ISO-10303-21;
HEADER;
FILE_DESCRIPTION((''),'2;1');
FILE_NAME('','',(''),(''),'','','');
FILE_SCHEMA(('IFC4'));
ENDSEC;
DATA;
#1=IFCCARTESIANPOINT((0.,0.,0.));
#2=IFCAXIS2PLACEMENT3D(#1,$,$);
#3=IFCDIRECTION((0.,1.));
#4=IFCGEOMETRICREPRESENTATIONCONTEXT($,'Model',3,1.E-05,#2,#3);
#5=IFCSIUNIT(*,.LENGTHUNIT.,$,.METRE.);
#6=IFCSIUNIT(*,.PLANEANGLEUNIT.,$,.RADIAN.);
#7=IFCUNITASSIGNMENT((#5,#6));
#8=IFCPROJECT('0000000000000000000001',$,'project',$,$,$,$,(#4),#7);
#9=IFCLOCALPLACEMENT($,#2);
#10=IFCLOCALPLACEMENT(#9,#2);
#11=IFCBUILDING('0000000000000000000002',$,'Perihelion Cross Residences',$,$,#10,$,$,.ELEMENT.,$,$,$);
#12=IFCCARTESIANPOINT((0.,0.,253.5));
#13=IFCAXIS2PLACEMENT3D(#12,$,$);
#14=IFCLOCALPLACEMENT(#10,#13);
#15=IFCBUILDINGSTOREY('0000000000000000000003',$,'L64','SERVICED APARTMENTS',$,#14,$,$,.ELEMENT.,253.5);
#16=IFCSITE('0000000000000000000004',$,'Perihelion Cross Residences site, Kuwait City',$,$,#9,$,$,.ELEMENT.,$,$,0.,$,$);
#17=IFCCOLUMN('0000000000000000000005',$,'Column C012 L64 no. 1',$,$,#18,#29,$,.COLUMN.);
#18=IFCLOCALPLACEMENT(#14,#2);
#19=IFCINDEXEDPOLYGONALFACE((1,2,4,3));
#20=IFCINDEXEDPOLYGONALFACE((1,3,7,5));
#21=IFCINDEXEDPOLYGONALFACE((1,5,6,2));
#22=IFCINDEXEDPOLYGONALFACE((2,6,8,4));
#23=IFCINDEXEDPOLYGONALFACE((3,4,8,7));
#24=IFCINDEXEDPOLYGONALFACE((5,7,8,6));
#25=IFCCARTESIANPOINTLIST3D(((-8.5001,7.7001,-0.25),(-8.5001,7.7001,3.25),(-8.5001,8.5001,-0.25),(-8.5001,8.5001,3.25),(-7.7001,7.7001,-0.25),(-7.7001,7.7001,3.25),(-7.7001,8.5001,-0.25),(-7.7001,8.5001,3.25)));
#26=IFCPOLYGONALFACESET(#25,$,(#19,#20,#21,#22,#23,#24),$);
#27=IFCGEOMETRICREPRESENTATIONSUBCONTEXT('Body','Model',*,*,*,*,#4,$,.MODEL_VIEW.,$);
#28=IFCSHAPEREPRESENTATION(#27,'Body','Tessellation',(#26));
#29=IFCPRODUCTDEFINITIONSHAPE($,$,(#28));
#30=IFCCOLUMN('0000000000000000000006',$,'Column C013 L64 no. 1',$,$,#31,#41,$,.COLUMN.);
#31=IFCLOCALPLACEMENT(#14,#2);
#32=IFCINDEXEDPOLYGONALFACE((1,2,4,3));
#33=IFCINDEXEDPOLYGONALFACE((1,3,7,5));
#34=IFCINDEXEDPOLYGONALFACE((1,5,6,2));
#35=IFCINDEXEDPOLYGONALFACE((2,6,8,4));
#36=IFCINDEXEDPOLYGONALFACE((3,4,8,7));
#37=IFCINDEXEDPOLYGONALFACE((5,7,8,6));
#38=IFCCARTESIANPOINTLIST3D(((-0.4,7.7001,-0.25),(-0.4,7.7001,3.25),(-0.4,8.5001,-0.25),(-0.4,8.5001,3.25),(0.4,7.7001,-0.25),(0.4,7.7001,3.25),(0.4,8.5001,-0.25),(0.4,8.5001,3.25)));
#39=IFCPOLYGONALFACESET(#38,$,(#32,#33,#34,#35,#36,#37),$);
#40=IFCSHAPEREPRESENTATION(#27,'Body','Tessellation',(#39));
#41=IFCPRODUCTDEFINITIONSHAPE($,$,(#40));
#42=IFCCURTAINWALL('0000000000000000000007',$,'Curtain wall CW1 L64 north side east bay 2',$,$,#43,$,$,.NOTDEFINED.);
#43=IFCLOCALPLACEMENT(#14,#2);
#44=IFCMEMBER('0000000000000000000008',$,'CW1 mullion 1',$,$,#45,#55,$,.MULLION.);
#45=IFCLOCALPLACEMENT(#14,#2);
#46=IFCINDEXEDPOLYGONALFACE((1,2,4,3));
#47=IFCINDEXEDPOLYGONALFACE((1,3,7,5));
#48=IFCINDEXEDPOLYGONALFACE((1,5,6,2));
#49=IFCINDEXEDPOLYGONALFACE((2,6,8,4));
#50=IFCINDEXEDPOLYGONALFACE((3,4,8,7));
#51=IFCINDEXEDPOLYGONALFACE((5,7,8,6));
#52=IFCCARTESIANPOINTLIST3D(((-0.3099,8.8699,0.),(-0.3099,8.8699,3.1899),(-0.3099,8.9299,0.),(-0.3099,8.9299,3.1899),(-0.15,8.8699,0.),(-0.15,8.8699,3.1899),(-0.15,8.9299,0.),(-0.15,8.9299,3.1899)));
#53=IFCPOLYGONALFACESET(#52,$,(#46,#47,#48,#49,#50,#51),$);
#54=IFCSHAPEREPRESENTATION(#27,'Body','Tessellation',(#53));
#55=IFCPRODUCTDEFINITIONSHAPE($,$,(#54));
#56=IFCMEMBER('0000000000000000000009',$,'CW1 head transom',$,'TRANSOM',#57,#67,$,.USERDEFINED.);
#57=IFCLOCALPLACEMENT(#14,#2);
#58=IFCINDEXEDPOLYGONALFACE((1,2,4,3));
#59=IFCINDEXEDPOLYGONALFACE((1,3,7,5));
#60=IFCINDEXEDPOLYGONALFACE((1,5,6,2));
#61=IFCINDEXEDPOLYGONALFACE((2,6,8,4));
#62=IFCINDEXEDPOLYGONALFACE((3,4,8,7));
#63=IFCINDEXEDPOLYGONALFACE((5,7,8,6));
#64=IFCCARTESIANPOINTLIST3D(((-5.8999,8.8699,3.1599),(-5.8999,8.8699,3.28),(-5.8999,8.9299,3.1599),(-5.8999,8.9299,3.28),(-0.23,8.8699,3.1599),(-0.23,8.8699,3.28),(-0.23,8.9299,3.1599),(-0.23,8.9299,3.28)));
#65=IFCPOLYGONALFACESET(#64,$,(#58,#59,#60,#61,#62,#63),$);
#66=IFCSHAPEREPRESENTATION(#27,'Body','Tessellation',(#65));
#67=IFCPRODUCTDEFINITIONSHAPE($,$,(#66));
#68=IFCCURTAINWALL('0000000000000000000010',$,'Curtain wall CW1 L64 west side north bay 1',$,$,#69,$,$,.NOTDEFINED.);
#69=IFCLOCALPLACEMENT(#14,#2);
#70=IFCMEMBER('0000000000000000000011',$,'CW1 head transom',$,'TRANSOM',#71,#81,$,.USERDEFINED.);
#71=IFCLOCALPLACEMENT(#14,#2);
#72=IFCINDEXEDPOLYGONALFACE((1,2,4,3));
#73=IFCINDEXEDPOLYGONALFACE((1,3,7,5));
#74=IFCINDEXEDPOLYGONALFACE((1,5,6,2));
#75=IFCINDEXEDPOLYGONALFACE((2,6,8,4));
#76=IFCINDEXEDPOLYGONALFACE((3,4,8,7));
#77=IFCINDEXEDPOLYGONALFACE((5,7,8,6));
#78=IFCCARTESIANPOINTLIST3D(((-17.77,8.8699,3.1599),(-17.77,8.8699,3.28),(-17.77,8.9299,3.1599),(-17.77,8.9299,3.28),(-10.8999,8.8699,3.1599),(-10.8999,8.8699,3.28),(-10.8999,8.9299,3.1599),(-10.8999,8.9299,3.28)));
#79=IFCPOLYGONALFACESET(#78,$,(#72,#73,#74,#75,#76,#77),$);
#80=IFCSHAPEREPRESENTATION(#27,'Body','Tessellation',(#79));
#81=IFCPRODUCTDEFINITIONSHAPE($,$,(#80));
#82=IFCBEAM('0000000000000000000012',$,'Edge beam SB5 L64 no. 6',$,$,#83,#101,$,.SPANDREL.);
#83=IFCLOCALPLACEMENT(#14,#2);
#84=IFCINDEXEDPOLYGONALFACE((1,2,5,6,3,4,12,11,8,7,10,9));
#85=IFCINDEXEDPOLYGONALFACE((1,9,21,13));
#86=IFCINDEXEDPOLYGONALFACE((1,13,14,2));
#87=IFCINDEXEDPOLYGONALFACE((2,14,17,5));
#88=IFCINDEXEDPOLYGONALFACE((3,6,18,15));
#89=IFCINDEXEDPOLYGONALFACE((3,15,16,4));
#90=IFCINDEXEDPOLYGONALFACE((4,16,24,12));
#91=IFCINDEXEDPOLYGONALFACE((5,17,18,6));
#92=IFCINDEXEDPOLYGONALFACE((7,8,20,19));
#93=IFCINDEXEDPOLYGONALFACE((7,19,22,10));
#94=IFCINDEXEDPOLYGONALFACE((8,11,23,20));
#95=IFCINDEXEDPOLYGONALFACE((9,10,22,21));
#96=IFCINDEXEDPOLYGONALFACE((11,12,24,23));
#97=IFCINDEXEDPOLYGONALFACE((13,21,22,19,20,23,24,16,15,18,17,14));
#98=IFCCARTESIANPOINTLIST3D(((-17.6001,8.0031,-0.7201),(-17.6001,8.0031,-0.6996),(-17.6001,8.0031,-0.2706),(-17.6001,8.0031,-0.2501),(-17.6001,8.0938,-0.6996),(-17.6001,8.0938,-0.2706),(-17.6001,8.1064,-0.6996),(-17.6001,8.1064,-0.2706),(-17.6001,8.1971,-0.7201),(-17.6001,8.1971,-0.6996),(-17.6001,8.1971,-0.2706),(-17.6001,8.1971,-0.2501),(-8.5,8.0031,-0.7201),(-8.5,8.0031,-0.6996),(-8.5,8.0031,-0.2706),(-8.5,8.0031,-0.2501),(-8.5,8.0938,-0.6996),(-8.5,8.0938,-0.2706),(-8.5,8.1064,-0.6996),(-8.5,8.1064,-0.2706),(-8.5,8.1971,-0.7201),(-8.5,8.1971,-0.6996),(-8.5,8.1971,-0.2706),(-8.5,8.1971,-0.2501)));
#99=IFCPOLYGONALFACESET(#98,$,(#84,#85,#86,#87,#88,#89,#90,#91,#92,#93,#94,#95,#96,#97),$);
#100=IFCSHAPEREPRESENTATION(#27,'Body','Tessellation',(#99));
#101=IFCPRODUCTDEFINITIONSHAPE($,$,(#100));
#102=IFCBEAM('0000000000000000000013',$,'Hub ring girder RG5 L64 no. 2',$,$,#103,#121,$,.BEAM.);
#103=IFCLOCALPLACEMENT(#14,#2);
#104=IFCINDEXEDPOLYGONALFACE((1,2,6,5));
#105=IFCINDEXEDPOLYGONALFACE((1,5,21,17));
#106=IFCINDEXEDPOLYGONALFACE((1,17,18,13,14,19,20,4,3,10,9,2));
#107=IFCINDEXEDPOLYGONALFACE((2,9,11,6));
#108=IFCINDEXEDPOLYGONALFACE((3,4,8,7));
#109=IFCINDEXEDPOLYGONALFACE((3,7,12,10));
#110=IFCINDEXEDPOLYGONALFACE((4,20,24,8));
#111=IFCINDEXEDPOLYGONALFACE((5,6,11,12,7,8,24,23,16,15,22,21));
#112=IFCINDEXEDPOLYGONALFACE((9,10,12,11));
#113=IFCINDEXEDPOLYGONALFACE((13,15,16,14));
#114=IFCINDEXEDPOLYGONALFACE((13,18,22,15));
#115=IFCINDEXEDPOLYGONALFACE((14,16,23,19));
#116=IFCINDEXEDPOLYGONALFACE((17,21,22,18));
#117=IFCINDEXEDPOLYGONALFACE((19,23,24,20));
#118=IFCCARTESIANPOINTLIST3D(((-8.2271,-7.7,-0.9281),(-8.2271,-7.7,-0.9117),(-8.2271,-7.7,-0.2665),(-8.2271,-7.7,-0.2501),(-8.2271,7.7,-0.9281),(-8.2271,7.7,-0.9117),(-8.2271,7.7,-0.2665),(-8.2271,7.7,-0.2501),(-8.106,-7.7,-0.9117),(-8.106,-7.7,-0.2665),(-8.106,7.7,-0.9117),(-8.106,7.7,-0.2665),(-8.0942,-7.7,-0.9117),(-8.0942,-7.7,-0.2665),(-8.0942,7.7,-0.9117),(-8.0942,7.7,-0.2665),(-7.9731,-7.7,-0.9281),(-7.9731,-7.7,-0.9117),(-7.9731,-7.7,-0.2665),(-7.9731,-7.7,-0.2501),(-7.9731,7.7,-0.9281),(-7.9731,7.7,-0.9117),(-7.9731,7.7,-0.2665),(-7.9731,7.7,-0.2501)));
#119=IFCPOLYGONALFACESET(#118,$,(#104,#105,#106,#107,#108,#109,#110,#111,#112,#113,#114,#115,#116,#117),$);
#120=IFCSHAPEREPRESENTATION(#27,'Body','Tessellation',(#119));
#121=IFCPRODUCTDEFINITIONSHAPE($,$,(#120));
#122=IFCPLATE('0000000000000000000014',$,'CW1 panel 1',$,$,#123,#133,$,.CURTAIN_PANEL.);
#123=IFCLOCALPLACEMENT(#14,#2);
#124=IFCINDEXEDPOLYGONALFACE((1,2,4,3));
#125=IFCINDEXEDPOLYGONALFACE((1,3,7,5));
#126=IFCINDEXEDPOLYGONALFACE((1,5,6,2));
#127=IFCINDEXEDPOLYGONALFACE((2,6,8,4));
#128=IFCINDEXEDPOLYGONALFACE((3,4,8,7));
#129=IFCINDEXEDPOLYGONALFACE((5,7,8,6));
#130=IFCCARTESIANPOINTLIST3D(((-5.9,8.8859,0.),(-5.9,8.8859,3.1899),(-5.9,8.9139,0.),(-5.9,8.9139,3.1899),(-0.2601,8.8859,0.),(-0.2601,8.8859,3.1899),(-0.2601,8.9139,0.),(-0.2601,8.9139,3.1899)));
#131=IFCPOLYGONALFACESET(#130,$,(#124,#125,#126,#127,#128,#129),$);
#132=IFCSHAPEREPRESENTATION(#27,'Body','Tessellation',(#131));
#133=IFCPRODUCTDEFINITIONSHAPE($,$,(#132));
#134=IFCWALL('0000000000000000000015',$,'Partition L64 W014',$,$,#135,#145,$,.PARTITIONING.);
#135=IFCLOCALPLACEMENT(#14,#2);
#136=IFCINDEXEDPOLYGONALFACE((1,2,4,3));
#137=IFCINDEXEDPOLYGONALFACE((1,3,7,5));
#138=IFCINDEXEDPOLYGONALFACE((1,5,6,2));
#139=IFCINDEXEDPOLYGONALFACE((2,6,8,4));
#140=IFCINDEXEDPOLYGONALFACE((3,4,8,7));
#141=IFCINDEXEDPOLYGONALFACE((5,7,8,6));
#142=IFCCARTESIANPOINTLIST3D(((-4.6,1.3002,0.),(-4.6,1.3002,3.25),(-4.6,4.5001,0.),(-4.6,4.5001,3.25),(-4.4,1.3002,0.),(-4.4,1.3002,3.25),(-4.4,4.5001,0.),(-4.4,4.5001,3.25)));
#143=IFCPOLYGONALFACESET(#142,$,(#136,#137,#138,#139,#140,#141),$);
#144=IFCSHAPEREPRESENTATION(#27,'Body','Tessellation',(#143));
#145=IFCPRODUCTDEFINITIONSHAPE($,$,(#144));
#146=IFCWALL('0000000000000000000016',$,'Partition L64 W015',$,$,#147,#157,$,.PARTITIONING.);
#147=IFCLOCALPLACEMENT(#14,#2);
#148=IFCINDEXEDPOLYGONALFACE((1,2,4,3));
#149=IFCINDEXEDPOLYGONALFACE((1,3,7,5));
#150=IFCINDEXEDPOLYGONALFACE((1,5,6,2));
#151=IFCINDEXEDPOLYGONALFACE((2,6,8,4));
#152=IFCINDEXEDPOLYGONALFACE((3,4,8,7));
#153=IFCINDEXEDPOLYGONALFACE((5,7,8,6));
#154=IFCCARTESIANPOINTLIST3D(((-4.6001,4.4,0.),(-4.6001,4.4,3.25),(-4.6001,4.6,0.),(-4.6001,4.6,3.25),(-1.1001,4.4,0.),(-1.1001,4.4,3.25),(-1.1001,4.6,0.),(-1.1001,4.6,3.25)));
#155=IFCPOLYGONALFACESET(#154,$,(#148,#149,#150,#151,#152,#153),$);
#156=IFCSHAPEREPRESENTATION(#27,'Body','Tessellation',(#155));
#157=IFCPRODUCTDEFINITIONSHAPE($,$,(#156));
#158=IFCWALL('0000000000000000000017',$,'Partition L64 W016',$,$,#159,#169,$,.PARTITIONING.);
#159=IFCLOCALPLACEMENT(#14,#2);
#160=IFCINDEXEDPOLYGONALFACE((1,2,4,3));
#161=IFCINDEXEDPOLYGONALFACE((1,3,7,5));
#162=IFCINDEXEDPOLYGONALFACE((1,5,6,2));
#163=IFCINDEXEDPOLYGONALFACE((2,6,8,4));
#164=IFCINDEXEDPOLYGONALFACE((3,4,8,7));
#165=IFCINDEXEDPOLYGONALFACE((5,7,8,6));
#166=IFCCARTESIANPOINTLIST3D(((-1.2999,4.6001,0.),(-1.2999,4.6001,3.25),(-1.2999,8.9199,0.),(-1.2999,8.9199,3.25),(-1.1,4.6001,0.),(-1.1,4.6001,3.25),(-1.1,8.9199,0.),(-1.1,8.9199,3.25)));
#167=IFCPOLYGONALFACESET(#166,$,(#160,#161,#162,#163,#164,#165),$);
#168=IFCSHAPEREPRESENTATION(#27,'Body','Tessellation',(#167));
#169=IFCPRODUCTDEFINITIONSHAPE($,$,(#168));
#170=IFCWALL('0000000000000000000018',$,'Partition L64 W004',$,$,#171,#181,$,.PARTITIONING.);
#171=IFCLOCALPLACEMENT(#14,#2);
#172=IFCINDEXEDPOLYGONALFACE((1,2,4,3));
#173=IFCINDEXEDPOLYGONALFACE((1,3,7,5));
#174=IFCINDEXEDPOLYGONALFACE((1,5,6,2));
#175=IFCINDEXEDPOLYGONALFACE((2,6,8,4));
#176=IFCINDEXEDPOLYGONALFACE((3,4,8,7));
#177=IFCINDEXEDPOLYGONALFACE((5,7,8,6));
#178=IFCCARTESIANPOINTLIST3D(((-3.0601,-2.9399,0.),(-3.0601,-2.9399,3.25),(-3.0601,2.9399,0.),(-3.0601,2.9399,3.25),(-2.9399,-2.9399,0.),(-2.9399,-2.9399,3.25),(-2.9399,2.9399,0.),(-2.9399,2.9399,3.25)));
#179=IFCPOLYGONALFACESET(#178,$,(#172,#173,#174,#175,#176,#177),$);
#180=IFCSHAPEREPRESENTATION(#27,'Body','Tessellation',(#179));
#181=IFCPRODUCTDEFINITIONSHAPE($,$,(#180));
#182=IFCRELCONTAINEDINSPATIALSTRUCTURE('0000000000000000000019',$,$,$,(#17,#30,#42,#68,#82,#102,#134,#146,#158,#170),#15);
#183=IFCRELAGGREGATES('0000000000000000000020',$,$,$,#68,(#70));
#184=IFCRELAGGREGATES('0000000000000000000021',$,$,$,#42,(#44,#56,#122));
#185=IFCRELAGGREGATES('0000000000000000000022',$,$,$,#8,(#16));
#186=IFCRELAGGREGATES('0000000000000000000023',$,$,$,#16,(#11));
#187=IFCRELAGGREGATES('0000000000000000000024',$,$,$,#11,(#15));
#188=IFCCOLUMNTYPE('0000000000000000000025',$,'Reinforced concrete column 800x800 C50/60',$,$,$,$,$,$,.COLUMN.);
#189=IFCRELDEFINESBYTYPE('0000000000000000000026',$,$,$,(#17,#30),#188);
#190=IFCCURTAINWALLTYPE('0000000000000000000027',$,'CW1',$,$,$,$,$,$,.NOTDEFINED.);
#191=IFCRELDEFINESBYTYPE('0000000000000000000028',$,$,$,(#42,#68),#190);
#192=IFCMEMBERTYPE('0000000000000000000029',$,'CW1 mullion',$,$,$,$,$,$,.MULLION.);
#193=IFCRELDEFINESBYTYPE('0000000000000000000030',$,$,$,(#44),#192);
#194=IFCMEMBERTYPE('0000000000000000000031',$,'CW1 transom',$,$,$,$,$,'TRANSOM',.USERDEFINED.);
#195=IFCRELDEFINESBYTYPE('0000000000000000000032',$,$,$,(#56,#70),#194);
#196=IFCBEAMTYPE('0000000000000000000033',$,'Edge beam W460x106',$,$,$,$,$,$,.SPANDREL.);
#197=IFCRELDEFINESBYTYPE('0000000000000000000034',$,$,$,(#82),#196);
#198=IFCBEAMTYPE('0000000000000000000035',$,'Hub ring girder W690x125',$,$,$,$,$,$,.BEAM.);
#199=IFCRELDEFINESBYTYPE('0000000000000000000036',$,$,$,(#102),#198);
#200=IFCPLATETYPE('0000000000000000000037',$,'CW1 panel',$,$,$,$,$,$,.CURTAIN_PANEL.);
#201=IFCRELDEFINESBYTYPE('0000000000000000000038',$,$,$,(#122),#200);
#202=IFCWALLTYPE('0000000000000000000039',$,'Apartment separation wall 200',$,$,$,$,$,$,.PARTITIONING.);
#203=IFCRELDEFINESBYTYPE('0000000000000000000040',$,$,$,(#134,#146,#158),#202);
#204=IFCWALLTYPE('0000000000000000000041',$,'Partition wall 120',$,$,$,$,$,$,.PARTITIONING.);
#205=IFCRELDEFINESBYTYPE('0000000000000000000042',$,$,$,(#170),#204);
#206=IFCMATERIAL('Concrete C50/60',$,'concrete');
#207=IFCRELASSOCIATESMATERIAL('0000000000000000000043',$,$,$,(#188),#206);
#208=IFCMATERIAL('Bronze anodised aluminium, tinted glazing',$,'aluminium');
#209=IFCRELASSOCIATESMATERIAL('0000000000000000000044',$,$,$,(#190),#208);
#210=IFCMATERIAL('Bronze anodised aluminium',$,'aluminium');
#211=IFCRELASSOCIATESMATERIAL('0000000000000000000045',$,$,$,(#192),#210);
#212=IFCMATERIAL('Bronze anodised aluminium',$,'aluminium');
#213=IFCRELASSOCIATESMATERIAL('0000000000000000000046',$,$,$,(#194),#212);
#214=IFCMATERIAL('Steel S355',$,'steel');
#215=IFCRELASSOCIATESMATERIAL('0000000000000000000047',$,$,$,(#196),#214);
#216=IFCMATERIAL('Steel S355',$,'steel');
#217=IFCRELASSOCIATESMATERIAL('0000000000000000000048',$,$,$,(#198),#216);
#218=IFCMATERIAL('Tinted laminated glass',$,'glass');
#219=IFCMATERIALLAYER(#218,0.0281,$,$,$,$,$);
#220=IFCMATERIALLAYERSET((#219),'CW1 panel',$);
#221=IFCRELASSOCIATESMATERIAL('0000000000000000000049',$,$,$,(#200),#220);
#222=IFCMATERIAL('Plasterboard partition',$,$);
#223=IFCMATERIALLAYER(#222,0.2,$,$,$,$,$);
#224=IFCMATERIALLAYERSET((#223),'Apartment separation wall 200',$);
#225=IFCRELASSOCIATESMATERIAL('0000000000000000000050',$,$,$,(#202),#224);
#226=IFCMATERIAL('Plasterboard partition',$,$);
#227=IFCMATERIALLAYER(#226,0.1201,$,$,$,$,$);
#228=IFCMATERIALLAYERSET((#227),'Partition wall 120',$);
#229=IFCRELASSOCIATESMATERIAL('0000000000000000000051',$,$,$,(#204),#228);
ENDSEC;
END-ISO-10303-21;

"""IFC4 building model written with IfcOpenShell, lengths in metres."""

from ifc_helpers import new_model, si_unit, direction, frame, frame_2d, origin, origin_2d, place, context, subcontext, project, spatial, rectangle, i_section, extrude, material, layer, layer_set, material_profile, profile_set, type_object, element, aggregate, save


model = new_model("IFC4")

# Units and contexts
model_context = context("Model", 3, precision=1e-05, world=origin(), true_north=direction((0.0, 1.0)))
body_context = subcontext(model_context, "Body", "Model", "MODEL_VIEW")
ifc_project = project(units=[si_unit("LENGTHUNIT", "METRE"), si_unit("PLANEANGLEUNIT", "RADIAN")], contexts=[model_context])

# Site, building, storey
site_placement = place(None, origin())
site = spatial("IfcSite", under=ifc_project, at=site_placement, Name="Perihelion Cross Residences site, Kuwait City", CompositionType="ELEMENT", RefElevation=0.0)
building_placement = place(site_placement, origin())
building = spatial("IfcBuilding", under=site, at=building_placement, Name="Perihelion Cross Residences", CompositionType="ELEMENT")
storey_placement = place(building_placement, frame((0.0, 0.0, 253.5)))
storey = spatial("IfcBuildingStorey", under=building, at=storey_placement, Name="L64", Description="SERVICED APARTMENTS", CompositionType="ELEMENT", Elevation=253.5)

# Columns
ifc_material_1 = material(Name="Concrete C50/60", Category="concrete")
ifc_material_profile_1 = material_profile(ifc_material_1, rectangle(XDim=0.8, YDim=0.8, at=origin_2d()), Name="RC 800x800")
ifc_profile_set_1 = profile_set([ifc_material_profile_1], Name="Concrete C50/60")
column_type = type_object("IfcColumnType", Name="Reinforced concrete column 800x800 C50/60", PredefinedType="COLUMN", material=ifc_profile_set_1)
for number, where, z_axis, x_axis, name in (
    (1, (-8.1001, 8.1001, -0.25), (0.0, 0.0, 1.0), (1.0, 0.0, 0.0), "Column C012 L64 no. 1"),
    (2, (0.0, 8.1001, -0.25), (0.0, 0.0, 1.0), (1.0, 0.0, 0.0), "Column C013 L64 no. 1"),
):
    element("IfcColumn", number, at=place(storey_placement, frame(where, z_axis=z_axis, x_axis=x_axis)), inside=storey, type_object=column_type, Name=name, PredefinedType="COLUMN", context=body_context, shape_type="SweptSolid", body=[
        extrude(rectangle(XDim=0.8, YDim=0.8, at=origin_2d()), origin(), (0.0, 0.0, 1.0), 3.5),
    ])

# Curtain wall, members
ifc_material_2 = material(Name="Bronze anodised aluminium, tinted glazing", Category="aluminium")
curtain_wall_type = type_object("IfcCurtainWallType", Name="CW1", PredefinedType="NOTDEFINED", material=ifc_material_2)
curtain_wall_1_placement = place(storey_placement, origin())
curtain_wall_1 = element("IfcCurtainWall", 3, at=curtain_wall_1_placement, inside=storey, type_object=curtain_wall_type, Name="Curtain wall CW1 L64 north side east bay 2", PredefinedType="NOTDEFINED")
ifc_material_3 = material(Name="Bronze anodised aluminium", Category="aluminium")
ifc_material_profile_2 = material_profile(ifc_material_3, rectangle(XDim=0.0601, YDim=0.1599, at=origin_2d()), Name="CW1 mullion")
ifc_profile_set_2 = profile_set([ifc_material_profile_2], Name="Bronze anodised aluminium")
member_type_1 = type_object("IfcMemberType", Name="CW1 mullion", PredefinedType="MULLION", material=ifc_profile_set_2)
member_1_placement = place(storey_placement, frame((-0.23, 8.8999, 0.0), z_axis=(0.0, 0.0, 1.0), x_axis=(0.0, -1.0, 0.0)))
member_1 = element("IfcMember", 4, at=member_1_placement, type_object=member_type_1, Name="CW1 mullion 1", PredefinedType="MULLION", context=body_context, shape_type="SweptSolid", body=[
    extrude(rectangle(XDim=0.0601, YDim=0.1599, at=origin_2d()), origin(), (0.0, 0.0, 1.0), 3.1899),
])
ifc_material_4 = material(Name="Bronze anodised aluminium", Category="aluminium")
ifc_material_profile_3 = material_profile(ifc_material_4, rectangle(XDim=0.0601, YDim=0.1201, at=origin_2d()), Name="CW1 transom")
ifc_profile_set_3 = profile_set([ifc_material_profile_3], Name="Bronze anodised aluminium")
member_type_2 = type_object("IfcMemberType", Name="CW1 transom", ElementType="TRANSOM", PredefinedType="USERDEFINED", material=ifc_profile_set_3)
member_2_placement = place(storey_placement, frame((-0.23, 8.8999, 3.22), z_axis=(-1.0, 0.0, 0.0), x_axis=(0.0, -1.0, 0.0)))
member_2 = element("IfcMember", 5, at=member_2_placement, type_object=member_type_2, Name="CW1 head transom", ObjectType="TRANSOM", PredefinedType="USERDEFINED", context=body_context, shape_type="SweptSolid", body=[
    extrude(rectangle(XDim=0.0601, YDim=0.1201, at=origin_2d()), origin(), (0.0, 0.0, 1.0), 5.6699),
])

# Curtain wall, member
curtain_wall_2_placement = place(storey_placement, origin())
curtain_wall_2 = element("IfcCurtainWall", 6, at=curtain_wall_2_placement, inside=storey, type_object=curtain_wall_type, Name="Curtain wall CW1 L64 west side north bay 1", PredefinedType="NOTDEFINED")
member_3_placement = place(storey_placement, frame((-10.8999, 8.8999, 3.22), z_axis=(-1.0, 0.0, 0.0), x_axis=(0.0, -1.0, 0.0)))
member_3 = element("IfcMember", 7, at=member_3_placement, type_object=member_type_2, Name="CW1 head transom", ObjectType="TRANSOM", PredefinedType="USERDEFINED", context=body_context, shape_type="SweptSolid", body=[
    extrude(rectangle(XDim=0.0601, YDim=0.1201, at=origin_2d()), origin(), (0.0, 0.0, 1.0), 6.8701),
])
aggregate(curtain_wall_2, [member_3])

# Beams
ifc_material_5 = material(Name="Steel S355", Category="steel")
ifc_material_profile_4 = material_profile(ifc_material_5, i_section(OverallWidth=0.1941, OverallDepth=0.47, WebThickness=0.0127, FlangeThickness=0.0205, at=origin_2d()), Name="W460x106")
ifc_profile_set_4 = profile_set([ifc_material_profile_4], Name="Steel S355")
beam_type_1 = type_object("IfcBeamType", Name="Edge beam W460x106", PredefinedType="SPANDREL", material=ifc_profile_set_4)
beam_1_placement = place(storey_placement, frame((-8.5, 8.1001, -0.4851), z_axis=(-1.0, 0.0, 0.0), x_axis=(0.0, -1.0, 0.0)))
element("IfcBeam", 8, at=beam_1_placement, inside=storey, type_object=beam_type_1, Name="Edge beam SB5 L64 no. 6", PredefinedType="SPANDREL", context=body_context, shape_type="SweptSolid", body=[
    extrude(i_section(OverallWidth=0.1941, OverallDepth=0.47, WebThickness=0.0127, FlangeThickness=0.0205, at=origin_2d()), origin(), (0.0, 0.0, 1.0), 9.1001),
])
ifc_material_6 = material(Name="Steel S355", Category="steel")
ifc_material_profile_5 = material_profile(ifc_material_6, i_section(OverallWidth=0.2539, OverallDepth=0.678, WebThickness=0.0117, FlangeThickness=0.0164, at=origin_2d()), Name="W690x125")
ifc_profile_set_5 = profile_set([ifc_material_profile_5], Name="Steel S355")
beam_type_2 = type_object("IfcBeamType", Name="Hub ring girder W690x125", PredefinedType="BEAM", material=ifc_profile_set_5)
beam_2_placement = place(storey_placement, frame((-8.1001, 7.7, -0.5891), z_axis=(0.0, -1.0, 0.0), x_axis=(1.0, 0.0, 0.0)))
element("IfcBeam", 9, at=beam_2_placement, inside=storey, type_object=beam_type_2, Name="Hub ring girder RG5 L64 no. 2", PredefinedType="BEAM", context=body_context, shape_type="SweptSolid", body=[
    extrude(i_section(OverallWidth=0.2539, OverallDepth=0.678, WebThickness=0.0117, FlangeThickness=0.0164, at=origin_2d()), origin(), (0.0, 0.0, 1.0), 15.3999),
])

# Plate
ifc_material_7 = material(Name="Tinted laminated glass", Category="glass")
ifc_layer_1 = layer(ifc_material_7, 0.0281)
ifc_layer_set_1 = layer_set([ifc_layer_1], Name="CW1 panel")
plate_type = type_object("IfcPlateType", Name="CW1 panel", PredefinedType="CURTAIN_PANEL", material=ifc_layer_set_1)
plate_placement = place(storey_placement, frame((-3.0801, 8.8999, 0.0), z_axis=(0.0, 0.0, 1.0), x_axis=(-1.0, 0.0, 0.0)))
plate = element("IfcPlate", 10, at=plate_placement, type_object=plate_type, Name="CW1 panel 1", PredefinedType="CURTAIN_PANEL", context=body_context, shape_type="SweptSolid", body=[
    extrude(rectangle(XDim=5.6399, YDim=0.0281, at=origin_2d()), origin(), (0.0, 0.0, 1.0), 3.1899),
])
aggregate(curtain_wall_1, [member_1, member_2, plate])

# Walls
ifc_material_8 = material(Name="Plasterboard partition")
ifc_layer_2 = layer(ifc_material_8, 0.2)
ifc_layer_set_2 = layer_set([ifc_layer_2], Name="Apartment separation wall 200")
wall_type_1 = type_object("IfcWallType", Name="Apartment separation wall 200", PredefinedType="PARTITIONING", material=ifc_layer_set_2)
wall_1_placement = place(storey_placement, frame((-4.5, 1.3, 0.0), z_axis=(0.0, 0.0, 1.0), x_axis=(0.0, 1.0, 0.0)))
element("IfcWall", 11, at=wall_1_placement, inside=storey, type_object=wall_type_1, Name="Partition L64 W014", PredefinedType="PARTITIONING", context=body_context, shape_type="SweptSolid", body=[
    extrude(rectangle(XDim=3.2, YDim=0.2, at=frame_2d((1.6001, 0.0))), origin(), (0.0, 0.0, 1.0), 3.25),
])
wall_2_placement = place(storey_placement, frame((-4.6001, 4.5, 0.0), z_axis=(0.0, 0.0, 1.0), x_axis=(1.0, 0.0, 0.0)))
element("IfcWall", 12, at=wall_2_placement, inside=storey, type_object=wall_type_1, Name="Partition L64 W015", PredefinedType="PARTITIONING", context=body_context, shape_type="SweptSolid", body=[
    extrude(rectangle(XDim=3.5, YDim=0.2, at=frame_2d((1.75, 0.0))), origin(), (0.0, 0.0, 1.0), 3.25),
])
wall_3_placement = place(storey_placement, frame((-1.2, 4.6001, 0.0), z_axis=(0.0, 0.0, 1.0), x_axis=(0.0, 1.0, 0.0)))
element("IfcWall", 13, at=wall_3_placement, inside=storey, type_object=wall_type_1, Name="Partition L64 W016", PredefinedType="PARTITIONING", context=body_context, shape_type="SweptSolid", body=[
    extrude(rectangle(XDim=4.3198, YDim=0.2, at=frame_2d((2.1599, 0.0))), origin(), (0.0, 0.0, 1.0), 3.25),
])

# Wall
ifc_material_9 = material(Name="Plasterboard partition")
ifc_layer_3 = layer(ifc_material_9, 0.1201)
ifc_layer_set_3 = layer_set([ifc_layer_3], Name="Partition wall 120")
wall_type_2 = type_object("IfcWallType", Name="Partition wall 120", PredefinedType="PARTITIONING", material=ifc_layer_set_3)
wall_4_placement = place(storey_placement, frame((-3.0, 2.9399, 0.0), z_axis=(0.0, 0.0, 1.0), x_axis=(0.0, -1.0, 0.0)))
element("IfcWall", 14, at=wall_4_placement, inside=storey, type_object=wall_type_2, Name="Partition L64 W004", PredefinedType="PARTITIONING", context=body_context, shape_type="SweptSolid", body=[
    extrude(rectangle(XDim=5.8799, YDim=0.1201, at=frame_2d((2.9399, 0.0))), origin(), (0.0, 0.0, 1.0), 3.25),
])

save(model, "model.ifc")
